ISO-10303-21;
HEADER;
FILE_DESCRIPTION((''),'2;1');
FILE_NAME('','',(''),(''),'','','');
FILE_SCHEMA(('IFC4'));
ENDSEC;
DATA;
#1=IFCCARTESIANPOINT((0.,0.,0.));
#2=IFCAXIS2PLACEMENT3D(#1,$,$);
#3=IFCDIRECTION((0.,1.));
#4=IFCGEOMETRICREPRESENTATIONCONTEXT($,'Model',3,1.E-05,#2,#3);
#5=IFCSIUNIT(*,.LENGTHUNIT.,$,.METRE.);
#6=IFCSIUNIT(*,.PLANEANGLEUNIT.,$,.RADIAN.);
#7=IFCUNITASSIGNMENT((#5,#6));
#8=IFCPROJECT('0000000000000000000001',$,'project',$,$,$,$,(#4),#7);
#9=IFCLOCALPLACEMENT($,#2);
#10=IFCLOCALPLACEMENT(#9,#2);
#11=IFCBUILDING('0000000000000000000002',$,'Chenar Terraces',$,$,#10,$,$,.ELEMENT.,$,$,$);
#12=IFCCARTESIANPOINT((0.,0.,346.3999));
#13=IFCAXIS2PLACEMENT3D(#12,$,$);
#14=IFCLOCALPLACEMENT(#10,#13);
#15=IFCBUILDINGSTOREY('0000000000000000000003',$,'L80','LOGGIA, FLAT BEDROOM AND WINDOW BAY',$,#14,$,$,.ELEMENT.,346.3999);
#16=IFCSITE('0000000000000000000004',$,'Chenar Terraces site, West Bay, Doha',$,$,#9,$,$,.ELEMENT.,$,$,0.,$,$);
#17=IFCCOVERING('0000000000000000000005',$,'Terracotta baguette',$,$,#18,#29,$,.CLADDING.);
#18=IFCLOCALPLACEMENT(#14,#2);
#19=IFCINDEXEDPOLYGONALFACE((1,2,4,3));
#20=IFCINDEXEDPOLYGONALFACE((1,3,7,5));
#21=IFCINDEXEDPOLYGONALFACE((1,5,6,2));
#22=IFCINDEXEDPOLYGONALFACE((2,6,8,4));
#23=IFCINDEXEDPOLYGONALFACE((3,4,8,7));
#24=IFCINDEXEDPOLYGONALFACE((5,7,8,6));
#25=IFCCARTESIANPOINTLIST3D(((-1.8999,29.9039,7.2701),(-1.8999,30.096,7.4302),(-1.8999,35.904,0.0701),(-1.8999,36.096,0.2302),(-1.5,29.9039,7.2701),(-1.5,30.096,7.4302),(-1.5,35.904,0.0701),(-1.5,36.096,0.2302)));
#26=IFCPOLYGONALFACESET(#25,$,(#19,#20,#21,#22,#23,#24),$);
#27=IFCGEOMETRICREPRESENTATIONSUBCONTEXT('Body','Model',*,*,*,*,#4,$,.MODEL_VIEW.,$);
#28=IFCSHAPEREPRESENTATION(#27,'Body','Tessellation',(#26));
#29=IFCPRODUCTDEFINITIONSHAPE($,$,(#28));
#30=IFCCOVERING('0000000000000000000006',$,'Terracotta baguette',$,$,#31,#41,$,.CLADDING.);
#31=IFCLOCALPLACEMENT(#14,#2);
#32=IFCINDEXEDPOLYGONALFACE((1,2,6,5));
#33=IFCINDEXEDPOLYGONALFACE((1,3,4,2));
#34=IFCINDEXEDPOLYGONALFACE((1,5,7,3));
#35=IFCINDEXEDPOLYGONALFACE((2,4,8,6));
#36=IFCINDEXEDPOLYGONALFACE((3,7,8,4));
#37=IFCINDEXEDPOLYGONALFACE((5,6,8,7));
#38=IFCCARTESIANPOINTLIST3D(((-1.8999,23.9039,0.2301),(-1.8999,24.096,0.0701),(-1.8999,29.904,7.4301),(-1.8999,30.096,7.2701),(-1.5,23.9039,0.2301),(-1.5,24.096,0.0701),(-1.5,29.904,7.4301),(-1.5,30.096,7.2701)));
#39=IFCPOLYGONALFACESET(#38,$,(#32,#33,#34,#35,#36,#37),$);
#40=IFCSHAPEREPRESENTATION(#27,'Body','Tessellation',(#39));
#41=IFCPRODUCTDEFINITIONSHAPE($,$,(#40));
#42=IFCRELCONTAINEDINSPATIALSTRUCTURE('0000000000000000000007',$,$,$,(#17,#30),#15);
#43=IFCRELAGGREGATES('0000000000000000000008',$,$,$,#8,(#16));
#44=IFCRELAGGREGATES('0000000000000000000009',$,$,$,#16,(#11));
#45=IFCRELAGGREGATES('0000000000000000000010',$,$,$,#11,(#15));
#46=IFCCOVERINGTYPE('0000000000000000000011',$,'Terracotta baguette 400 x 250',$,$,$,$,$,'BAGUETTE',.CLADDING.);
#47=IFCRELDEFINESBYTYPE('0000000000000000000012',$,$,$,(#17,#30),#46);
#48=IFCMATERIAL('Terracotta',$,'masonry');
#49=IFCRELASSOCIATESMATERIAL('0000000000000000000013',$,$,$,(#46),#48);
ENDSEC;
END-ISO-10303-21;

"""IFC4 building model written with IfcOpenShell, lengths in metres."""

from ifc_helpers import new_model, si_unit, direction, frame, origin, origin_2d, place, context, subcontext, project, spatial, rectangle, extrude, material, material_profile, profile_set, type_object, element, save


model = new_model("IFC4")

# Units and contexts
model_context = context("Model", 3, precision=1e-05, world=origin(), true_north=direction((0.0, 1.0)))
body_context = subcontext(model_context, "Body", "Model", "MODEL_VIEW")
ifc_project = project(units=[si_unit("LENGTHUNIT", "METRE"), si_unit("PLANEANGLEUNIT", "RADIAN")], contexts=[model_context])

# Site, building, storey
site_placement = place(None, origin())
site = spatial("IfcSite", under=ifc_project, at=site_placement, Name="Chenar Terraces site, West Bay, Doha", CompositionType="ELEMENT", RefElevation=0.0)
building_placement = place(site_placement, origin())
building = spatial("IfcBuilding", under=site, at=building_placement, Name="Chenar Terraces", CompositionType="ELEMENT")
storey_placement = place(building_placement, frame((0.0, 0.0, 346.3999)))
storey = spatial("IfcBuildingStorey", under=building, at=storey_placement, Name="L80", Description="LOGGIA, FLAT BEDROOM AND WINDOW BAY", CompositionType="ELEMENT", Elevation=346.3999)

# Coverings
ifc_material_1 = material(Name="Terracotta", Category="masonry")
ifc_material_profile_1 = material_profile(ifc_material_1, rectangle(XDim=0.3999, YDim=0.25, at=origin_2d()), Name="Terracotta baguette 400 x 250")
ifc_profile_set_1 = profile_set([ifc_material_profile_1], Name="Terracotta")
covering_type = type_object("IfcCoveringType", Name="Terracotta baguette 400 x 250", ElementType="BAGUETTE", PredefinedType="CLADDING", material=ifc_profile_set_1)
for number, where, z_axis, x_axis, name in (
    (1, (-1.7, 36.0, 0.1501), (0.0, -0.640187, 0.768219), (1.0, 0.0, 0.0), "Terracotta baguette"),
    (2, (-1.7, 30.0, 7.3501), (0.0, -0.640187, -0.768219), (1.0, 0.0, 0.0), "Terracotta baguette"),
):
    element("IfcCovering", number, at=place(storey_placement, frame(where, z_axis=z_axis, x_axis=x_axis)), inside=storey, type_object=covering_type, Name=name, PredefinedType="CLADDING", context=body_context, shape_type="SweptSolid", body=[
        extrude(rectangle(XDim=0.3999, YDim=0.25, at=origin_2d()), origin(), (0.0, 0.0, 1.0), 9.3723),
    ])

save(model, "model.ifc")
